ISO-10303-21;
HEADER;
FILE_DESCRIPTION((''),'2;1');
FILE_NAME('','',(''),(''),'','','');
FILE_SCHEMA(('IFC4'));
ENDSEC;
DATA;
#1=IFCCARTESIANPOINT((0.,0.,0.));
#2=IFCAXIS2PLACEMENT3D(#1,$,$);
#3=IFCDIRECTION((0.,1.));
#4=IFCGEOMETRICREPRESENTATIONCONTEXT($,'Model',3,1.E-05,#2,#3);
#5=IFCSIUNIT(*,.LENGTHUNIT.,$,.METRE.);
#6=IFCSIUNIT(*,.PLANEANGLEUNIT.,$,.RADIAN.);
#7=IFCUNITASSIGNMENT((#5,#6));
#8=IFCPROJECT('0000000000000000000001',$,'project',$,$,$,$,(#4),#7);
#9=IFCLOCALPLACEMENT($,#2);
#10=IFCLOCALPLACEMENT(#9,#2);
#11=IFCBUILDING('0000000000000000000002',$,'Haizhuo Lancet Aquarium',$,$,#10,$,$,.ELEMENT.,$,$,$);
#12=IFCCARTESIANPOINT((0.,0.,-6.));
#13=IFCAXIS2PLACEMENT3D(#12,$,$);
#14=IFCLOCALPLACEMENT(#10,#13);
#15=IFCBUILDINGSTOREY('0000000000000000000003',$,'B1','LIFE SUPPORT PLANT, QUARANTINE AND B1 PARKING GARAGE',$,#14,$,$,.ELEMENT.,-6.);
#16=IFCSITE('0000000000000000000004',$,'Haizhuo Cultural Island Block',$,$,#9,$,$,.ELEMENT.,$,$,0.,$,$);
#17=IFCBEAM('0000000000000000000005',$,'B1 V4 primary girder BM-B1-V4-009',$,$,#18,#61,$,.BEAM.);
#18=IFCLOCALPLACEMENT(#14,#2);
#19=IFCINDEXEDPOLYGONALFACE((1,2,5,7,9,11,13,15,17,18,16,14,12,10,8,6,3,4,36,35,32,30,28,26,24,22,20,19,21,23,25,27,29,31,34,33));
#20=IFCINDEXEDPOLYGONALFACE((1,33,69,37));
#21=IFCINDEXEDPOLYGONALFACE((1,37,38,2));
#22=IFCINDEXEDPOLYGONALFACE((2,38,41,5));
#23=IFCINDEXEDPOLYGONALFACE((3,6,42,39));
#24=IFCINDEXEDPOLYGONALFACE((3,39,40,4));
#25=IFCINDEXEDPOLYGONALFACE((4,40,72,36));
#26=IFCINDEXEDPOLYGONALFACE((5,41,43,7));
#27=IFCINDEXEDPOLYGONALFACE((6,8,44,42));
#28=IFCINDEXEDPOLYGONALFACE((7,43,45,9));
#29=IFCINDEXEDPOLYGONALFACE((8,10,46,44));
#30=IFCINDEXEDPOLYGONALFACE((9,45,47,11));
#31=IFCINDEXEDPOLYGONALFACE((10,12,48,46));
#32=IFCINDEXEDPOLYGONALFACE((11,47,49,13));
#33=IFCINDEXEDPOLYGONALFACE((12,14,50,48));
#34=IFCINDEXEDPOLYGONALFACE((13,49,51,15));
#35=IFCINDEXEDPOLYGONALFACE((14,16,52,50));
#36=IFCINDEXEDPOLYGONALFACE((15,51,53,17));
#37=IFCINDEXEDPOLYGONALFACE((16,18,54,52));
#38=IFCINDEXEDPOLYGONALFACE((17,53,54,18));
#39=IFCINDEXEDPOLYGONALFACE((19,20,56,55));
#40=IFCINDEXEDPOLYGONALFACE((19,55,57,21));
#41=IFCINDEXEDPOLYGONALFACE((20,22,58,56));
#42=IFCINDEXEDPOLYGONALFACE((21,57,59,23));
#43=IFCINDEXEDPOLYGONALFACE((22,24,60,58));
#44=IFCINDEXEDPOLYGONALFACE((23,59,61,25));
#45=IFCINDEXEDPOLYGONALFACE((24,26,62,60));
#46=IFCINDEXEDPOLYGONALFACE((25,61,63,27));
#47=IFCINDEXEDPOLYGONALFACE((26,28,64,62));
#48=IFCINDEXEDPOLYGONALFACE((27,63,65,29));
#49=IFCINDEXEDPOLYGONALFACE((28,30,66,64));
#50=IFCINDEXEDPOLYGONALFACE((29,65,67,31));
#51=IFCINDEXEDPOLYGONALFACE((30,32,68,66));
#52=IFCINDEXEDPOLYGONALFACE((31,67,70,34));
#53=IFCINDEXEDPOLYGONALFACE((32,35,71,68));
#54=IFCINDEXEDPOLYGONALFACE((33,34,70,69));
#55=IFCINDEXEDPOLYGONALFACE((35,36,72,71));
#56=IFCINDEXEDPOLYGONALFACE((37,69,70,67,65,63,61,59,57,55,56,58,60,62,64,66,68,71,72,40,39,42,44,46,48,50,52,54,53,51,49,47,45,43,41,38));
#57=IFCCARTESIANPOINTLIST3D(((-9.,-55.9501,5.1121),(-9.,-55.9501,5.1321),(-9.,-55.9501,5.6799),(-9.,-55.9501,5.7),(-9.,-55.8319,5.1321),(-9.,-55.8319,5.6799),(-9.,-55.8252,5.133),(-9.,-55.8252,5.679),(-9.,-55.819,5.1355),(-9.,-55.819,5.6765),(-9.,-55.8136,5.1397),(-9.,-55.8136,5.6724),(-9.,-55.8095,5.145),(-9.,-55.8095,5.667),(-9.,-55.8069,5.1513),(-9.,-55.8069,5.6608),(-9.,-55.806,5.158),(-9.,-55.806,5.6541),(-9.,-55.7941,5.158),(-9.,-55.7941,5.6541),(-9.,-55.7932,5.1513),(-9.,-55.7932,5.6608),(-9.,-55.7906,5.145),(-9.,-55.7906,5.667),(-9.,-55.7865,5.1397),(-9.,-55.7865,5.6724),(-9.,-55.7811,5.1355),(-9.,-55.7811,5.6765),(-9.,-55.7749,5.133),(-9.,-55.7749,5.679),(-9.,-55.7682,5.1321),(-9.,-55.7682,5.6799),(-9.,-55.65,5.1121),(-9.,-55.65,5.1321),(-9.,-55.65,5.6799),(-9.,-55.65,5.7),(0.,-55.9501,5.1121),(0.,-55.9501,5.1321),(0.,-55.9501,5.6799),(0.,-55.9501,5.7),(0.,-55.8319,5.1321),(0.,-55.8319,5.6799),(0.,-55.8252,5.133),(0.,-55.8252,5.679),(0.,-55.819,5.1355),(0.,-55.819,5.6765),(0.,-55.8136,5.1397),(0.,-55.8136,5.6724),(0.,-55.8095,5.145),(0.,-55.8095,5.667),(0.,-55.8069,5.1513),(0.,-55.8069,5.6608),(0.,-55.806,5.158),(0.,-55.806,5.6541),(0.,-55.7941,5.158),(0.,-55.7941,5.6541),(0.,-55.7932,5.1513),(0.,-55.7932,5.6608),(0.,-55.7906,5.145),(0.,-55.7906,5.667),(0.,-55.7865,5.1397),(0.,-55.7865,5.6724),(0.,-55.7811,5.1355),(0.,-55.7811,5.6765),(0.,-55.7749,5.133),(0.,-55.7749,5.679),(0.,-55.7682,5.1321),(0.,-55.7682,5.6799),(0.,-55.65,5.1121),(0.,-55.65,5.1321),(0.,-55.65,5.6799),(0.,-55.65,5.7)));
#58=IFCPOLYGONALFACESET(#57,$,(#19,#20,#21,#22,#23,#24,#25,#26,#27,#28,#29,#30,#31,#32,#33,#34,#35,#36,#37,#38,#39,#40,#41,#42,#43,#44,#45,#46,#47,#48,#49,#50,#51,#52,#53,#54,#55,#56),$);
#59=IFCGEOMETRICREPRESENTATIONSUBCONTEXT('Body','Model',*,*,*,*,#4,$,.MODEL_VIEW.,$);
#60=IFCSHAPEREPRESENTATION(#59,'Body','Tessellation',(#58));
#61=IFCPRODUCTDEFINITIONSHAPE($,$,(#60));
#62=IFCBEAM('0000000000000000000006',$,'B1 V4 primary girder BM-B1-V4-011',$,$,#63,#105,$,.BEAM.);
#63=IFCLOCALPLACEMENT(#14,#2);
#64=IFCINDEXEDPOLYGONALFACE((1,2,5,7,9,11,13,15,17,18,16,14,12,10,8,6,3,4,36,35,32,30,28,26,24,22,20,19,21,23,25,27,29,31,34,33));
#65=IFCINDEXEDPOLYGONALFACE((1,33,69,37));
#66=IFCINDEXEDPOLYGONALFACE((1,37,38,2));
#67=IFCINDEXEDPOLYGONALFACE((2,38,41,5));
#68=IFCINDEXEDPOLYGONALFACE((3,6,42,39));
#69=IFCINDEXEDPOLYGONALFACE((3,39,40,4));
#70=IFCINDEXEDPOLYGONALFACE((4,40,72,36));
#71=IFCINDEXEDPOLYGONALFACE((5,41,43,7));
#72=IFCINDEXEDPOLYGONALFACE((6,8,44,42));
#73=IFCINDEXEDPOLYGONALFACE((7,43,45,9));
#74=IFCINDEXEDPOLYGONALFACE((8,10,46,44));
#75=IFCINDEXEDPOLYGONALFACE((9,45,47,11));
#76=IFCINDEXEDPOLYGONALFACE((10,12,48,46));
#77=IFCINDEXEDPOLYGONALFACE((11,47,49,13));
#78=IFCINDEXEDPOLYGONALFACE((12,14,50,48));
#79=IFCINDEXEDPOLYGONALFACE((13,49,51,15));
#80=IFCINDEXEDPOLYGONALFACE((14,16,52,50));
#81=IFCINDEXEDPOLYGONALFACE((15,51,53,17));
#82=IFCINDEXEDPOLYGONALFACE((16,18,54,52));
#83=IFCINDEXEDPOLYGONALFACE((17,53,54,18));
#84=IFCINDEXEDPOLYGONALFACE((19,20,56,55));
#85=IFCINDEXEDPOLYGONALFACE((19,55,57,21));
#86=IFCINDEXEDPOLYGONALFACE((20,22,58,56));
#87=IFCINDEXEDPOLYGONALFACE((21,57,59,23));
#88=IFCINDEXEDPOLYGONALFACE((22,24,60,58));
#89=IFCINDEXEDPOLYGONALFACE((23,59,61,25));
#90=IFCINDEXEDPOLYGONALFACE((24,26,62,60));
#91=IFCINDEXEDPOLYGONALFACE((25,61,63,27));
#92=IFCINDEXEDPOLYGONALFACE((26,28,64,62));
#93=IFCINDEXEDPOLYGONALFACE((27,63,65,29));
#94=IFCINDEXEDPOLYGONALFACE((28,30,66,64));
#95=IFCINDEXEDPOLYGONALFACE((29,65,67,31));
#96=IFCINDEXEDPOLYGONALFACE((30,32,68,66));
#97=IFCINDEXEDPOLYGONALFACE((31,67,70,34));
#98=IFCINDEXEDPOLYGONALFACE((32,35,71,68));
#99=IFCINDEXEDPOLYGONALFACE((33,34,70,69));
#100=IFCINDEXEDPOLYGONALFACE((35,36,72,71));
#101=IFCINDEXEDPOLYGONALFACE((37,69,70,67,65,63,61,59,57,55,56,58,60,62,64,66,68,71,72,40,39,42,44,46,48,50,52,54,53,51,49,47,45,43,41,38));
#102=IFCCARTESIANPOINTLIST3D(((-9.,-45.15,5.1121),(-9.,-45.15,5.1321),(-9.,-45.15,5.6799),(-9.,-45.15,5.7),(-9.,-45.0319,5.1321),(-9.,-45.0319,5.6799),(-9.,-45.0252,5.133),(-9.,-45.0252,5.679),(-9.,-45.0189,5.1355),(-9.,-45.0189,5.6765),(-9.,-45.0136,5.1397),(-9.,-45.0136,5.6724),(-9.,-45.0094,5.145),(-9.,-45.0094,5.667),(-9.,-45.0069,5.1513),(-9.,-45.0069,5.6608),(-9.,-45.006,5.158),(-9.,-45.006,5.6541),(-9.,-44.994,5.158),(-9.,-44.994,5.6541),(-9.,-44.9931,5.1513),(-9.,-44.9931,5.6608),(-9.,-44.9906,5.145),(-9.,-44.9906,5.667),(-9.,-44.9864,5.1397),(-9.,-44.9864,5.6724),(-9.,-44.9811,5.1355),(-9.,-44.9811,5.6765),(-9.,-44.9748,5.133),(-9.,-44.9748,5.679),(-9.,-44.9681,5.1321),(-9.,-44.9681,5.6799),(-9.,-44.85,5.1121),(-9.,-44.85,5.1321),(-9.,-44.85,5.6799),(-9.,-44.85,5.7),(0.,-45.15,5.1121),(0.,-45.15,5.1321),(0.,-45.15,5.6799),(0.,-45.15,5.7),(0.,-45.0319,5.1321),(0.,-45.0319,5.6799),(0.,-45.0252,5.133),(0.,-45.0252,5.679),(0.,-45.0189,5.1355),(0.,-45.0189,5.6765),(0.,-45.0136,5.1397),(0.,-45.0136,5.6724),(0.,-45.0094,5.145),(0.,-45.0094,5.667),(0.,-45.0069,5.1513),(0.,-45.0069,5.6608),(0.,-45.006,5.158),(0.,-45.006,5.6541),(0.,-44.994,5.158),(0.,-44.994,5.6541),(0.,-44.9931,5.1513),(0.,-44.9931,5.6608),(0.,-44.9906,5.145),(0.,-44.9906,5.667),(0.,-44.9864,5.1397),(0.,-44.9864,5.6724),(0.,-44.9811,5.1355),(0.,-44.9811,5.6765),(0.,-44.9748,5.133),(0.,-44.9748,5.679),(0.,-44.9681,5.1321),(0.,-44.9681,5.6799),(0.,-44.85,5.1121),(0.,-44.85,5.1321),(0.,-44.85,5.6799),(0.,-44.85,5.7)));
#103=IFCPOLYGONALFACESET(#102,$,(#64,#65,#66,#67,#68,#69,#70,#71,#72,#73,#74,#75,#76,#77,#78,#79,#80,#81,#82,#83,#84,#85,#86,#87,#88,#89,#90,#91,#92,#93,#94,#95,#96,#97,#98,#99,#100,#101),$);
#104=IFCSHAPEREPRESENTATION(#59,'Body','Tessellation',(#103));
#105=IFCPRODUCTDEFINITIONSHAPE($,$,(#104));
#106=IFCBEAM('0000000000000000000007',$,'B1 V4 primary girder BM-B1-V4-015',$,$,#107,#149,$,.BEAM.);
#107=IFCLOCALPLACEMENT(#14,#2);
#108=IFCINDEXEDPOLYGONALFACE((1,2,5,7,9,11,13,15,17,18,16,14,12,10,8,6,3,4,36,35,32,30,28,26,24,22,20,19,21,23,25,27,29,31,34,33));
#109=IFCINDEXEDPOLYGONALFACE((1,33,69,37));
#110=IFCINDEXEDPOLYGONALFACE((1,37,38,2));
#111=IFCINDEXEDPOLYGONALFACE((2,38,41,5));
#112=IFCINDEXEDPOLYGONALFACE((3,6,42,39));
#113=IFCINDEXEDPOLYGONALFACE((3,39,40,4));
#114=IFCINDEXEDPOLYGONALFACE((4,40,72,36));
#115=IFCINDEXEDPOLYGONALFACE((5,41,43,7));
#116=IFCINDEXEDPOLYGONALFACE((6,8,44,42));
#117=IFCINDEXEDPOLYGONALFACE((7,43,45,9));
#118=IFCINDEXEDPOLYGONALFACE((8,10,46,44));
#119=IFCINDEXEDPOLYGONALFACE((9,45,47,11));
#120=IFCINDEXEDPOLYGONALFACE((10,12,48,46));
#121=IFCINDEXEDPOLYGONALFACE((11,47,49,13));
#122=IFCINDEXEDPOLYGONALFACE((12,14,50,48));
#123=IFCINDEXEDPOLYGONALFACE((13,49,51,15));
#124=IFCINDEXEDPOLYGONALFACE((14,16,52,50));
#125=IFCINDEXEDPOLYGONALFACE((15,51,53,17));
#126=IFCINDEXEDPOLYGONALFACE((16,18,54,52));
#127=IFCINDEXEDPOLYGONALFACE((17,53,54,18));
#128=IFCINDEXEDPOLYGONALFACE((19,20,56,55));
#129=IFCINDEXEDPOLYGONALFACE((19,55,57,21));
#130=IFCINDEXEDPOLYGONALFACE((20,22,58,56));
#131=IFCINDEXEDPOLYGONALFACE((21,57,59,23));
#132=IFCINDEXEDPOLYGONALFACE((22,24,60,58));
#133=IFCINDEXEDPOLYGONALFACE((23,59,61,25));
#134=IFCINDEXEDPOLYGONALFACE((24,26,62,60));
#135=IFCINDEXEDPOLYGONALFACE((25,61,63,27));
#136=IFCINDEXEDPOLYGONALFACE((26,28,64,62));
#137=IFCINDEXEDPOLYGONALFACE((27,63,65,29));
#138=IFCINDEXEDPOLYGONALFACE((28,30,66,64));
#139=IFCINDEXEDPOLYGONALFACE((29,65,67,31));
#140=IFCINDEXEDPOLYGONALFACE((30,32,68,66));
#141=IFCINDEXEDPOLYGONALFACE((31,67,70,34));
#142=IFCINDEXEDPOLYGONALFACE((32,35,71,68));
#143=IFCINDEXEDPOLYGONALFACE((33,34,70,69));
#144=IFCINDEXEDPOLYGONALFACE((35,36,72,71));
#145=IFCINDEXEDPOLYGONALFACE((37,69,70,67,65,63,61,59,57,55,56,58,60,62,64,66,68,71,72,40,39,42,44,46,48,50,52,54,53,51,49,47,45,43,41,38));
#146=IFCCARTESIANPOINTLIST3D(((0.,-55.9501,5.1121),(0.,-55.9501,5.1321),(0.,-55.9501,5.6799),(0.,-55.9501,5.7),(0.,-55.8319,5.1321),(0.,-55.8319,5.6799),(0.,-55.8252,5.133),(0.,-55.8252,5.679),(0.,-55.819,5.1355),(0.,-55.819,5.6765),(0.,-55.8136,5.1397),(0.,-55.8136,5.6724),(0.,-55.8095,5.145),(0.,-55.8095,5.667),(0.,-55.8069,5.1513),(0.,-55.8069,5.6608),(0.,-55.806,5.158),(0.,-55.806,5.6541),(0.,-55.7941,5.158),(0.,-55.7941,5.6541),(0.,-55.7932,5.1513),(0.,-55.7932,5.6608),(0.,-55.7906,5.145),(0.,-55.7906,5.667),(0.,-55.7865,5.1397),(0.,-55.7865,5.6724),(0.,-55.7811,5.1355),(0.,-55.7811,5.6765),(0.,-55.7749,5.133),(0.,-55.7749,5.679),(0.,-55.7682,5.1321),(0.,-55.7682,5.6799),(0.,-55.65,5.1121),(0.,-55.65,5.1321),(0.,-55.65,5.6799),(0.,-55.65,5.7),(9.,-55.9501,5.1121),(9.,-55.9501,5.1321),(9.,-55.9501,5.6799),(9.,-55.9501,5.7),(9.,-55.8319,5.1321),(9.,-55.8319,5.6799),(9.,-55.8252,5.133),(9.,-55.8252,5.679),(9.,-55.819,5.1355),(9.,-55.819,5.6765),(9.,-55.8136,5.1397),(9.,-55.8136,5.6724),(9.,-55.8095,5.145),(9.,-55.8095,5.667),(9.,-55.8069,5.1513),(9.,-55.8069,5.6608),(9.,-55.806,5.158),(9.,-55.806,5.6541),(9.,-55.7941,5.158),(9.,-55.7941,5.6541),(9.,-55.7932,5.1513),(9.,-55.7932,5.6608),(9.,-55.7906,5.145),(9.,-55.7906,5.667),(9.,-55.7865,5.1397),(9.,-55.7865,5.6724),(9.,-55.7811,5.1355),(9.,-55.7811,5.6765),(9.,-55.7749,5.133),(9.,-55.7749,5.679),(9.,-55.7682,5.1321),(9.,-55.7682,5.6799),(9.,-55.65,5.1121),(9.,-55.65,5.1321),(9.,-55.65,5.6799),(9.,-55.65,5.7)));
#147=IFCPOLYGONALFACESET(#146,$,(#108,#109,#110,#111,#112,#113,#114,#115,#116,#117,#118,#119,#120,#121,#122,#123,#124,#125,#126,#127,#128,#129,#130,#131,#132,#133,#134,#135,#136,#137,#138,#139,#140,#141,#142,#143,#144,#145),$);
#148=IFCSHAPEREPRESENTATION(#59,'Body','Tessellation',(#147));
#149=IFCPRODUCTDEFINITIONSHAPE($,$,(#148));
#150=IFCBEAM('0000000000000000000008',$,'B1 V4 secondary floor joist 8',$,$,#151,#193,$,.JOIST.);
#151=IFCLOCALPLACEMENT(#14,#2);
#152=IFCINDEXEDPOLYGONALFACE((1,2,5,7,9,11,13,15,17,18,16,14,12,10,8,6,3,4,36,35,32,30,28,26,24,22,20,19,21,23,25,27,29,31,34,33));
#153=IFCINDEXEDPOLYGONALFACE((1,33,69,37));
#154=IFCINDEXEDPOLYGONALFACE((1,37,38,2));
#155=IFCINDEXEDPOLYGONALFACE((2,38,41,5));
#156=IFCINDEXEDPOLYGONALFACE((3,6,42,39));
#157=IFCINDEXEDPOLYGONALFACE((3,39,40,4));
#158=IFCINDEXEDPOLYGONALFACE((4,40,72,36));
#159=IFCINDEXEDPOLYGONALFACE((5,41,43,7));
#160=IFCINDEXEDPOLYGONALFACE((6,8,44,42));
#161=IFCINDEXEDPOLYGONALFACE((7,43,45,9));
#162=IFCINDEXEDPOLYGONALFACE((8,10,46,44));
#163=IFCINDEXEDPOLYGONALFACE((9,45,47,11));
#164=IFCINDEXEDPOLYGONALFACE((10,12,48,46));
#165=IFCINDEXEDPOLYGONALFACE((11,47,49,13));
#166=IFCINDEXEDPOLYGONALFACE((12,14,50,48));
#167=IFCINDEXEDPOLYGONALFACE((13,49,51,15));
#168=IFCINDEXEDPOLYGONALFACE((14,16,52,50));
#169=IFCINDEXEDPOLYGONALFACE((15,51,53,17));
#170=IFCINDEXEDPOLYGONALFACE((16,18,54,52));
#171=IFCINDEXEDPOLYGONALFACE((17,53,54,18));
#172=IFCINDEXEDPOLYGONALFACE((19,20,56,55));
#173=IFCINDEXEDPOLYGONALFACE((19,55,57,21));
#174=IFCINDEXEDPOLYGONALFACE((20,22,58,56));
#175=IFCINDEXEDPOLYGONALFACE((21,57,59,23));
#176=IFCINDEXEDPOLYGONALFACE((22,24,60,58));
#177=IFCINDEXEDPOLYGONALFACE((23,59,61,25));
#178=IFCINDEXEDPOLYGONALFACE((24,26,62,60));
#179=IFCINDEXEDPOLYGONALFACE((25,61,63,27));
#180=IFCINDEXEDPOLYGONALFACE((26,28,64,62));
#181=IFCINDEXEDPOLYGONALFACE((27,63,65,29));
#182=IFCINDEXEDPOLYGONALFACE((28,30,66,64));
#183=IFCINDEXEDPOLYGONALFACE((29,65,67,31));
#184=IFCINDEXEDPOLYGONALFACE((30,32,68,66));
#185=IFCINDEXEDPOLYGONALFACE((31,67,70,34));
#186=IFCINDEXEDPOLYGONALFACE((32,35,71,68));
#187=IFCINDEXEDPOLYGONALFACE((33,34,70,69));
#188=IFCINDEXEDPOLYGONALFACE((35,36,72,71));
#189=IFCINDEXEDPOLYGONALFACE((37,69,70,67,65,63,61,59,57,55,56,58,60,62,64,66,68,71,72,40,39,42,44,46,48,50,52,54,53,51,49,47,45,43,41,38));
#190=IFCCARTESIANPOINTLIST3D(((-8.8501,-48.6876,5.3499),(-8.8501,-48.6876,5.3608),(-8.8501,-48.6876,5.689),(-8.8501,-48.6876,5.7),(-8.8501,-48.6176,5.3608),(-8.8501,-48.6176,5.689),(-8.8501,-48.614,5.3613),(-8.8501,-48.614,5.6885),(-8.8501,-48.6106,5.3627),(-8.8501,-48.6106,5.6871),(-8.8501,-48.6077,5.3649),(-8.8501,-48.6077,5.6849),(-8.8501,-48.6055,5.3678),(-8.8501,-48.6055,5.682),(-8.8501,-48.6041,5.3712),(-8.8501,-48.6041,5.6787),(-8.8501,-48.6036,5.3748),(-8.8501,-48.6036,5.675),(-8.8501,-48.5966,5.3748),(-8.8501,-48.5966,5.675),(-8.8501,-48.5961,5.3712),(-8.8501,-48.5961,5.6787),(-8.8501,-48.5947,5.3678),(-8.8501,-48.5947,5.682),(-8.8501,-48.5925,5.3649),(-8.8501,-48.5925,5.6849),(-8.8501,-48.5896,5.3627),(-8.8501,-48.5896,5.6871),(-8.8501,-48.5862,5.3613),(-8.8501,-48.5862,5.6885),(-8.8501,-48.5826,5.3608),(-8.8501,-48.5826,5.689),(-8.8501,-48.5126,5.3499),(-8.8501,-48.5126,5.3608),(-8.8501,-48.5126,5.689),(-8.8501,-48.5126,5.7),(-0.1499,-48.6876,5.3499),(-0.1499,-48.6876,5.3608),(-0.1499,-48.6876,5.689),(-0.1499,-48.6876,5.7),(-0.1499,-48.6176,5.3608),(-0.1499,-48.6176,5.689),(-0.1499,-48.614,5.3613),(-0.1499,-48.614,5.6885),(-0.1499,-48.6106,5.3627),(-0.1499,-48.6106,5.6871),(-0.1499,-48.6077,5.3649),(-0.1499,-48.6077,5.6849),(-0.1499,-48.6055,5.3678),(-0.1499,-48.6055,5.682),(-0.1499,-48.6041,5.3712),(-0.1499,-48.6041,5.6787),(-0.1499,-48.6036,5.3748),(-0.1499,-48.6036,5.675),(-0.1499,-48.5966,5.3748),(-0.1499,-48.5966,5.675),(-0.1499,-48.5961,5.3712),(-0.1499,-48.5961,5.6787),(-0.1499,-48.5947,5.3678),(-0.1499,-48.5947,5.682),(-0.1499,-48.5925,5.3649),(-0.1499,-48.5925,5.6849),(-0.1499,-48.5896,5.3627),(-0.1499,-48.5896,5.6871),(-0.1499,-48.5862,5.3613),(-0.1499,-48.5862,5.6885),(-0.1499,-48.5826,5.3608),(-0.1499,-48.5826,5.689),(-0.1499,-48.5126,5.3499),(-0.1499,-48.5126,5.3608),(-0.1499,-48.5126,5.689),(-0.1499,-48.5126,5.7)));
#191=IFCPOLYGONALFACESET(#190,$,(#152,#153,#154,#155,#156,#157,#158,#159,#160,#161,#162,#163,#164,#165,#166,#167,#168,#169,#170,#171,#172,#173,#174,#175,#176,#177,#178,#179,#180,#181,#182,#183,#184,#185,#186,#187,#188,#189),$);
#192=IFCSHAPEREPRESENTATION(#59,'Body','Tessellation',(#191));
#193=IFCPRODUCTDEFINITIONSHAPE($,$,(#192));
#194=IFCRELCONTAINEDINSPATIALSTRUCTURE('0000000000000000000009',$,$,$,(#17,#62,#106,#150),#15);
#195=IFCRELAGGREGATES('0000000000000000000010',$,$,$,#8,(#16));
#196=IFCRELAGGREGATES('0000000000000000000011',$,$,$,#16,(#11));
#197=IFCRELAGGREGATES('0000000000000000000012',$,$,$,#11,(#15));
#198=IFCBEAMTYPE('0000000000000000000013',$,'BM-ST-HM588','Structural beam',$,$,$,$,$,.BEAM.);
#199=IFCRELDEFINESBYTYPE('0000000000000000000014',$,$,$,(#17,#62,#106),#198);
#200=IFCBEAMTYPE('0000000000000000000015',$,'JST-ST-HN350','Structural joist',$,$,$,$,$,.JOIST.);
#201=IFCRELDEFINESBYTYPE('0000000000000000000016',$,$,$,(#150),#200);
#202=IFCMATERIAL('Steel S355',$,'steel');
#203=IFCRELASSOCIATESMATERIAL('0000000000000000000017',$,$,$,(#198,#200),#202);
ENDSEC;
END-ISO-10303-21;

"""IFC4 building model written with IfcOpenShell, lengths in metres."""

from ifc_helpers import new_model, si_unit, direction, frame, origin, origin_2d, place, context, subcontext, project, spatial, i_section, extrude, material, material_profile, profile_set, type_object, element, save


model = new_model("IFC4")

# Units and contexts
model_context = context("Model", 3, precision=1e-05, world=origin(), true_north=direction((0.0, 1.0)))
body_context = subcontext(model_context, "Body", "Model", "MODEL_VIEW")
ifc_project = project(units=[si_unit("LENGTHUNIT", "METRE"), si_unit("PLANEANGLEUNIT", "RADIAN")], contexts=[model_context])

# Site, building, storey
site_placement = place(None, origin())
site = spatial("IfcSite", under=ifc_project, at=site_placement, Name="Haizhuo Cultural Island Block", CompositionType="ELEMENT", RefElevation=0.0)
building_placement = place(site_placement, origin())
building = spatial("IfcBuilding", under=site, at=building_placement, Name="Haizhuo Lancet Aquarium", CompositionType="ELEMENT")
storey_placement = place(building_placement, frame((0.0, 0.0, -6.0)))
storey = spatial("IfcBuildingStorey", under=building, at=storey_placement, Name="B1", Description="LIFE SUPPORT PLANT, QUARANTINE AND B1 PARKING GARAGE", CompositionType="ELEMENT", Elevation=-6.0)

# Beams
ifc_material_1 = material(Name="Steel S355", Category="steel")
ifc_material_profile_1 = material_profile(ifc_material_1, i_section(OverallWidth=0.3, OverallDepth=0.5879, WebThickness=0.012, FlangeThickness=0.02, FilletRadius=0.0259, at=origin_2d()), Name="HM 588x300x12x20")
ifc_profile_set_1 = profile_set([ifc_material_profile_1], Name="Steel S355")
beam_type_1 = type_object("IfcBeamType", Name="BM-ST-HM588", Description="Structural beam", PredefinedType="BEAM", material=ifc_profile_set_1)
for number, where, z_axis, x_axis, name in (
    (1, (-9.0, -55.8, 5.406), (1.0, 0.0, 0.0), (0.0, 1.0, 0.0), "B1 V4 primary girder BM-B1-V4-009"),
    (2, (-9.0, -45.0, 5.406), (1.0, 0.0, 0.0), (0.0, 1.0, 0.0), "B1 V4 primary girder BM-B1-V4-011"),
    (3, (0.0, -55.8, 5.406), (1.0, 0.0, 0.0), (0.0, 1.0, 0.0), "B1 V4 primary girder BM-B1-V4-015"),
):
    element("IfcBeam", number, at=place(storey_placement, frame(where, z_axis=z_axis, x_axis=x_axis)), inside=storey, type_object=beam_type_1, Name=name, PredefinedType="BEAM", context=body_context, shape_type="SweptSolid", body=[
        extrude(i_section(OverallWidth=0.3, OverallDepth=0.5879, WebThickness=0.012, FlangeThickness=0.02, FilletRadius=0.0259, at=origin_2d()), origin(), (0.0, 0.0, 1.0), 9.0),
    ])
ifc_material_profile_2 = material_profile(ifc_material_1, i_section(OverallWidth=0.175, OverallDepth=0.3501, WebThickness=0.0071, FlangeThickness=0.011, FilletRadius=0.0139, at=origin_2d()), Name="HN 350x175x7x11")
ifc_profile_set_2 = profile_set([ifc_material_profile_2], Name="Steel S355")
beam_type_2 = type_object("IfcBeamType", Name="JST-ST-HN350", Description="Structural joist", PredefinedType="JOIST", material=ifc_profile_set_2)
beam_1_placement = place(storey_placement, frame((-8.8501, -48.6001, 5.5249), z_axis=(1.0, 0.0, 0.0), x_axis=(0.0, 1.0, 0.0)))
element("IfcBeam", 4, at=beam_1_placement, inside=storey, type_object=beam_type_2, Name="B1 V4 secondary floor joist 8", PredefinedType="JOIST", context=body_context, shape_type="SweptSolid", body=[
    extrude(i_section(OverallWidth=0.175, OverallDepth=0.3501, WebThickness=0.0071, FlangeThickness=0.011, FilletRadius=0.0139, at=origin_2d()), origin(), (0.0, 0.0, 1.0), 8.7002),
])

save(model, "model.ifc")
